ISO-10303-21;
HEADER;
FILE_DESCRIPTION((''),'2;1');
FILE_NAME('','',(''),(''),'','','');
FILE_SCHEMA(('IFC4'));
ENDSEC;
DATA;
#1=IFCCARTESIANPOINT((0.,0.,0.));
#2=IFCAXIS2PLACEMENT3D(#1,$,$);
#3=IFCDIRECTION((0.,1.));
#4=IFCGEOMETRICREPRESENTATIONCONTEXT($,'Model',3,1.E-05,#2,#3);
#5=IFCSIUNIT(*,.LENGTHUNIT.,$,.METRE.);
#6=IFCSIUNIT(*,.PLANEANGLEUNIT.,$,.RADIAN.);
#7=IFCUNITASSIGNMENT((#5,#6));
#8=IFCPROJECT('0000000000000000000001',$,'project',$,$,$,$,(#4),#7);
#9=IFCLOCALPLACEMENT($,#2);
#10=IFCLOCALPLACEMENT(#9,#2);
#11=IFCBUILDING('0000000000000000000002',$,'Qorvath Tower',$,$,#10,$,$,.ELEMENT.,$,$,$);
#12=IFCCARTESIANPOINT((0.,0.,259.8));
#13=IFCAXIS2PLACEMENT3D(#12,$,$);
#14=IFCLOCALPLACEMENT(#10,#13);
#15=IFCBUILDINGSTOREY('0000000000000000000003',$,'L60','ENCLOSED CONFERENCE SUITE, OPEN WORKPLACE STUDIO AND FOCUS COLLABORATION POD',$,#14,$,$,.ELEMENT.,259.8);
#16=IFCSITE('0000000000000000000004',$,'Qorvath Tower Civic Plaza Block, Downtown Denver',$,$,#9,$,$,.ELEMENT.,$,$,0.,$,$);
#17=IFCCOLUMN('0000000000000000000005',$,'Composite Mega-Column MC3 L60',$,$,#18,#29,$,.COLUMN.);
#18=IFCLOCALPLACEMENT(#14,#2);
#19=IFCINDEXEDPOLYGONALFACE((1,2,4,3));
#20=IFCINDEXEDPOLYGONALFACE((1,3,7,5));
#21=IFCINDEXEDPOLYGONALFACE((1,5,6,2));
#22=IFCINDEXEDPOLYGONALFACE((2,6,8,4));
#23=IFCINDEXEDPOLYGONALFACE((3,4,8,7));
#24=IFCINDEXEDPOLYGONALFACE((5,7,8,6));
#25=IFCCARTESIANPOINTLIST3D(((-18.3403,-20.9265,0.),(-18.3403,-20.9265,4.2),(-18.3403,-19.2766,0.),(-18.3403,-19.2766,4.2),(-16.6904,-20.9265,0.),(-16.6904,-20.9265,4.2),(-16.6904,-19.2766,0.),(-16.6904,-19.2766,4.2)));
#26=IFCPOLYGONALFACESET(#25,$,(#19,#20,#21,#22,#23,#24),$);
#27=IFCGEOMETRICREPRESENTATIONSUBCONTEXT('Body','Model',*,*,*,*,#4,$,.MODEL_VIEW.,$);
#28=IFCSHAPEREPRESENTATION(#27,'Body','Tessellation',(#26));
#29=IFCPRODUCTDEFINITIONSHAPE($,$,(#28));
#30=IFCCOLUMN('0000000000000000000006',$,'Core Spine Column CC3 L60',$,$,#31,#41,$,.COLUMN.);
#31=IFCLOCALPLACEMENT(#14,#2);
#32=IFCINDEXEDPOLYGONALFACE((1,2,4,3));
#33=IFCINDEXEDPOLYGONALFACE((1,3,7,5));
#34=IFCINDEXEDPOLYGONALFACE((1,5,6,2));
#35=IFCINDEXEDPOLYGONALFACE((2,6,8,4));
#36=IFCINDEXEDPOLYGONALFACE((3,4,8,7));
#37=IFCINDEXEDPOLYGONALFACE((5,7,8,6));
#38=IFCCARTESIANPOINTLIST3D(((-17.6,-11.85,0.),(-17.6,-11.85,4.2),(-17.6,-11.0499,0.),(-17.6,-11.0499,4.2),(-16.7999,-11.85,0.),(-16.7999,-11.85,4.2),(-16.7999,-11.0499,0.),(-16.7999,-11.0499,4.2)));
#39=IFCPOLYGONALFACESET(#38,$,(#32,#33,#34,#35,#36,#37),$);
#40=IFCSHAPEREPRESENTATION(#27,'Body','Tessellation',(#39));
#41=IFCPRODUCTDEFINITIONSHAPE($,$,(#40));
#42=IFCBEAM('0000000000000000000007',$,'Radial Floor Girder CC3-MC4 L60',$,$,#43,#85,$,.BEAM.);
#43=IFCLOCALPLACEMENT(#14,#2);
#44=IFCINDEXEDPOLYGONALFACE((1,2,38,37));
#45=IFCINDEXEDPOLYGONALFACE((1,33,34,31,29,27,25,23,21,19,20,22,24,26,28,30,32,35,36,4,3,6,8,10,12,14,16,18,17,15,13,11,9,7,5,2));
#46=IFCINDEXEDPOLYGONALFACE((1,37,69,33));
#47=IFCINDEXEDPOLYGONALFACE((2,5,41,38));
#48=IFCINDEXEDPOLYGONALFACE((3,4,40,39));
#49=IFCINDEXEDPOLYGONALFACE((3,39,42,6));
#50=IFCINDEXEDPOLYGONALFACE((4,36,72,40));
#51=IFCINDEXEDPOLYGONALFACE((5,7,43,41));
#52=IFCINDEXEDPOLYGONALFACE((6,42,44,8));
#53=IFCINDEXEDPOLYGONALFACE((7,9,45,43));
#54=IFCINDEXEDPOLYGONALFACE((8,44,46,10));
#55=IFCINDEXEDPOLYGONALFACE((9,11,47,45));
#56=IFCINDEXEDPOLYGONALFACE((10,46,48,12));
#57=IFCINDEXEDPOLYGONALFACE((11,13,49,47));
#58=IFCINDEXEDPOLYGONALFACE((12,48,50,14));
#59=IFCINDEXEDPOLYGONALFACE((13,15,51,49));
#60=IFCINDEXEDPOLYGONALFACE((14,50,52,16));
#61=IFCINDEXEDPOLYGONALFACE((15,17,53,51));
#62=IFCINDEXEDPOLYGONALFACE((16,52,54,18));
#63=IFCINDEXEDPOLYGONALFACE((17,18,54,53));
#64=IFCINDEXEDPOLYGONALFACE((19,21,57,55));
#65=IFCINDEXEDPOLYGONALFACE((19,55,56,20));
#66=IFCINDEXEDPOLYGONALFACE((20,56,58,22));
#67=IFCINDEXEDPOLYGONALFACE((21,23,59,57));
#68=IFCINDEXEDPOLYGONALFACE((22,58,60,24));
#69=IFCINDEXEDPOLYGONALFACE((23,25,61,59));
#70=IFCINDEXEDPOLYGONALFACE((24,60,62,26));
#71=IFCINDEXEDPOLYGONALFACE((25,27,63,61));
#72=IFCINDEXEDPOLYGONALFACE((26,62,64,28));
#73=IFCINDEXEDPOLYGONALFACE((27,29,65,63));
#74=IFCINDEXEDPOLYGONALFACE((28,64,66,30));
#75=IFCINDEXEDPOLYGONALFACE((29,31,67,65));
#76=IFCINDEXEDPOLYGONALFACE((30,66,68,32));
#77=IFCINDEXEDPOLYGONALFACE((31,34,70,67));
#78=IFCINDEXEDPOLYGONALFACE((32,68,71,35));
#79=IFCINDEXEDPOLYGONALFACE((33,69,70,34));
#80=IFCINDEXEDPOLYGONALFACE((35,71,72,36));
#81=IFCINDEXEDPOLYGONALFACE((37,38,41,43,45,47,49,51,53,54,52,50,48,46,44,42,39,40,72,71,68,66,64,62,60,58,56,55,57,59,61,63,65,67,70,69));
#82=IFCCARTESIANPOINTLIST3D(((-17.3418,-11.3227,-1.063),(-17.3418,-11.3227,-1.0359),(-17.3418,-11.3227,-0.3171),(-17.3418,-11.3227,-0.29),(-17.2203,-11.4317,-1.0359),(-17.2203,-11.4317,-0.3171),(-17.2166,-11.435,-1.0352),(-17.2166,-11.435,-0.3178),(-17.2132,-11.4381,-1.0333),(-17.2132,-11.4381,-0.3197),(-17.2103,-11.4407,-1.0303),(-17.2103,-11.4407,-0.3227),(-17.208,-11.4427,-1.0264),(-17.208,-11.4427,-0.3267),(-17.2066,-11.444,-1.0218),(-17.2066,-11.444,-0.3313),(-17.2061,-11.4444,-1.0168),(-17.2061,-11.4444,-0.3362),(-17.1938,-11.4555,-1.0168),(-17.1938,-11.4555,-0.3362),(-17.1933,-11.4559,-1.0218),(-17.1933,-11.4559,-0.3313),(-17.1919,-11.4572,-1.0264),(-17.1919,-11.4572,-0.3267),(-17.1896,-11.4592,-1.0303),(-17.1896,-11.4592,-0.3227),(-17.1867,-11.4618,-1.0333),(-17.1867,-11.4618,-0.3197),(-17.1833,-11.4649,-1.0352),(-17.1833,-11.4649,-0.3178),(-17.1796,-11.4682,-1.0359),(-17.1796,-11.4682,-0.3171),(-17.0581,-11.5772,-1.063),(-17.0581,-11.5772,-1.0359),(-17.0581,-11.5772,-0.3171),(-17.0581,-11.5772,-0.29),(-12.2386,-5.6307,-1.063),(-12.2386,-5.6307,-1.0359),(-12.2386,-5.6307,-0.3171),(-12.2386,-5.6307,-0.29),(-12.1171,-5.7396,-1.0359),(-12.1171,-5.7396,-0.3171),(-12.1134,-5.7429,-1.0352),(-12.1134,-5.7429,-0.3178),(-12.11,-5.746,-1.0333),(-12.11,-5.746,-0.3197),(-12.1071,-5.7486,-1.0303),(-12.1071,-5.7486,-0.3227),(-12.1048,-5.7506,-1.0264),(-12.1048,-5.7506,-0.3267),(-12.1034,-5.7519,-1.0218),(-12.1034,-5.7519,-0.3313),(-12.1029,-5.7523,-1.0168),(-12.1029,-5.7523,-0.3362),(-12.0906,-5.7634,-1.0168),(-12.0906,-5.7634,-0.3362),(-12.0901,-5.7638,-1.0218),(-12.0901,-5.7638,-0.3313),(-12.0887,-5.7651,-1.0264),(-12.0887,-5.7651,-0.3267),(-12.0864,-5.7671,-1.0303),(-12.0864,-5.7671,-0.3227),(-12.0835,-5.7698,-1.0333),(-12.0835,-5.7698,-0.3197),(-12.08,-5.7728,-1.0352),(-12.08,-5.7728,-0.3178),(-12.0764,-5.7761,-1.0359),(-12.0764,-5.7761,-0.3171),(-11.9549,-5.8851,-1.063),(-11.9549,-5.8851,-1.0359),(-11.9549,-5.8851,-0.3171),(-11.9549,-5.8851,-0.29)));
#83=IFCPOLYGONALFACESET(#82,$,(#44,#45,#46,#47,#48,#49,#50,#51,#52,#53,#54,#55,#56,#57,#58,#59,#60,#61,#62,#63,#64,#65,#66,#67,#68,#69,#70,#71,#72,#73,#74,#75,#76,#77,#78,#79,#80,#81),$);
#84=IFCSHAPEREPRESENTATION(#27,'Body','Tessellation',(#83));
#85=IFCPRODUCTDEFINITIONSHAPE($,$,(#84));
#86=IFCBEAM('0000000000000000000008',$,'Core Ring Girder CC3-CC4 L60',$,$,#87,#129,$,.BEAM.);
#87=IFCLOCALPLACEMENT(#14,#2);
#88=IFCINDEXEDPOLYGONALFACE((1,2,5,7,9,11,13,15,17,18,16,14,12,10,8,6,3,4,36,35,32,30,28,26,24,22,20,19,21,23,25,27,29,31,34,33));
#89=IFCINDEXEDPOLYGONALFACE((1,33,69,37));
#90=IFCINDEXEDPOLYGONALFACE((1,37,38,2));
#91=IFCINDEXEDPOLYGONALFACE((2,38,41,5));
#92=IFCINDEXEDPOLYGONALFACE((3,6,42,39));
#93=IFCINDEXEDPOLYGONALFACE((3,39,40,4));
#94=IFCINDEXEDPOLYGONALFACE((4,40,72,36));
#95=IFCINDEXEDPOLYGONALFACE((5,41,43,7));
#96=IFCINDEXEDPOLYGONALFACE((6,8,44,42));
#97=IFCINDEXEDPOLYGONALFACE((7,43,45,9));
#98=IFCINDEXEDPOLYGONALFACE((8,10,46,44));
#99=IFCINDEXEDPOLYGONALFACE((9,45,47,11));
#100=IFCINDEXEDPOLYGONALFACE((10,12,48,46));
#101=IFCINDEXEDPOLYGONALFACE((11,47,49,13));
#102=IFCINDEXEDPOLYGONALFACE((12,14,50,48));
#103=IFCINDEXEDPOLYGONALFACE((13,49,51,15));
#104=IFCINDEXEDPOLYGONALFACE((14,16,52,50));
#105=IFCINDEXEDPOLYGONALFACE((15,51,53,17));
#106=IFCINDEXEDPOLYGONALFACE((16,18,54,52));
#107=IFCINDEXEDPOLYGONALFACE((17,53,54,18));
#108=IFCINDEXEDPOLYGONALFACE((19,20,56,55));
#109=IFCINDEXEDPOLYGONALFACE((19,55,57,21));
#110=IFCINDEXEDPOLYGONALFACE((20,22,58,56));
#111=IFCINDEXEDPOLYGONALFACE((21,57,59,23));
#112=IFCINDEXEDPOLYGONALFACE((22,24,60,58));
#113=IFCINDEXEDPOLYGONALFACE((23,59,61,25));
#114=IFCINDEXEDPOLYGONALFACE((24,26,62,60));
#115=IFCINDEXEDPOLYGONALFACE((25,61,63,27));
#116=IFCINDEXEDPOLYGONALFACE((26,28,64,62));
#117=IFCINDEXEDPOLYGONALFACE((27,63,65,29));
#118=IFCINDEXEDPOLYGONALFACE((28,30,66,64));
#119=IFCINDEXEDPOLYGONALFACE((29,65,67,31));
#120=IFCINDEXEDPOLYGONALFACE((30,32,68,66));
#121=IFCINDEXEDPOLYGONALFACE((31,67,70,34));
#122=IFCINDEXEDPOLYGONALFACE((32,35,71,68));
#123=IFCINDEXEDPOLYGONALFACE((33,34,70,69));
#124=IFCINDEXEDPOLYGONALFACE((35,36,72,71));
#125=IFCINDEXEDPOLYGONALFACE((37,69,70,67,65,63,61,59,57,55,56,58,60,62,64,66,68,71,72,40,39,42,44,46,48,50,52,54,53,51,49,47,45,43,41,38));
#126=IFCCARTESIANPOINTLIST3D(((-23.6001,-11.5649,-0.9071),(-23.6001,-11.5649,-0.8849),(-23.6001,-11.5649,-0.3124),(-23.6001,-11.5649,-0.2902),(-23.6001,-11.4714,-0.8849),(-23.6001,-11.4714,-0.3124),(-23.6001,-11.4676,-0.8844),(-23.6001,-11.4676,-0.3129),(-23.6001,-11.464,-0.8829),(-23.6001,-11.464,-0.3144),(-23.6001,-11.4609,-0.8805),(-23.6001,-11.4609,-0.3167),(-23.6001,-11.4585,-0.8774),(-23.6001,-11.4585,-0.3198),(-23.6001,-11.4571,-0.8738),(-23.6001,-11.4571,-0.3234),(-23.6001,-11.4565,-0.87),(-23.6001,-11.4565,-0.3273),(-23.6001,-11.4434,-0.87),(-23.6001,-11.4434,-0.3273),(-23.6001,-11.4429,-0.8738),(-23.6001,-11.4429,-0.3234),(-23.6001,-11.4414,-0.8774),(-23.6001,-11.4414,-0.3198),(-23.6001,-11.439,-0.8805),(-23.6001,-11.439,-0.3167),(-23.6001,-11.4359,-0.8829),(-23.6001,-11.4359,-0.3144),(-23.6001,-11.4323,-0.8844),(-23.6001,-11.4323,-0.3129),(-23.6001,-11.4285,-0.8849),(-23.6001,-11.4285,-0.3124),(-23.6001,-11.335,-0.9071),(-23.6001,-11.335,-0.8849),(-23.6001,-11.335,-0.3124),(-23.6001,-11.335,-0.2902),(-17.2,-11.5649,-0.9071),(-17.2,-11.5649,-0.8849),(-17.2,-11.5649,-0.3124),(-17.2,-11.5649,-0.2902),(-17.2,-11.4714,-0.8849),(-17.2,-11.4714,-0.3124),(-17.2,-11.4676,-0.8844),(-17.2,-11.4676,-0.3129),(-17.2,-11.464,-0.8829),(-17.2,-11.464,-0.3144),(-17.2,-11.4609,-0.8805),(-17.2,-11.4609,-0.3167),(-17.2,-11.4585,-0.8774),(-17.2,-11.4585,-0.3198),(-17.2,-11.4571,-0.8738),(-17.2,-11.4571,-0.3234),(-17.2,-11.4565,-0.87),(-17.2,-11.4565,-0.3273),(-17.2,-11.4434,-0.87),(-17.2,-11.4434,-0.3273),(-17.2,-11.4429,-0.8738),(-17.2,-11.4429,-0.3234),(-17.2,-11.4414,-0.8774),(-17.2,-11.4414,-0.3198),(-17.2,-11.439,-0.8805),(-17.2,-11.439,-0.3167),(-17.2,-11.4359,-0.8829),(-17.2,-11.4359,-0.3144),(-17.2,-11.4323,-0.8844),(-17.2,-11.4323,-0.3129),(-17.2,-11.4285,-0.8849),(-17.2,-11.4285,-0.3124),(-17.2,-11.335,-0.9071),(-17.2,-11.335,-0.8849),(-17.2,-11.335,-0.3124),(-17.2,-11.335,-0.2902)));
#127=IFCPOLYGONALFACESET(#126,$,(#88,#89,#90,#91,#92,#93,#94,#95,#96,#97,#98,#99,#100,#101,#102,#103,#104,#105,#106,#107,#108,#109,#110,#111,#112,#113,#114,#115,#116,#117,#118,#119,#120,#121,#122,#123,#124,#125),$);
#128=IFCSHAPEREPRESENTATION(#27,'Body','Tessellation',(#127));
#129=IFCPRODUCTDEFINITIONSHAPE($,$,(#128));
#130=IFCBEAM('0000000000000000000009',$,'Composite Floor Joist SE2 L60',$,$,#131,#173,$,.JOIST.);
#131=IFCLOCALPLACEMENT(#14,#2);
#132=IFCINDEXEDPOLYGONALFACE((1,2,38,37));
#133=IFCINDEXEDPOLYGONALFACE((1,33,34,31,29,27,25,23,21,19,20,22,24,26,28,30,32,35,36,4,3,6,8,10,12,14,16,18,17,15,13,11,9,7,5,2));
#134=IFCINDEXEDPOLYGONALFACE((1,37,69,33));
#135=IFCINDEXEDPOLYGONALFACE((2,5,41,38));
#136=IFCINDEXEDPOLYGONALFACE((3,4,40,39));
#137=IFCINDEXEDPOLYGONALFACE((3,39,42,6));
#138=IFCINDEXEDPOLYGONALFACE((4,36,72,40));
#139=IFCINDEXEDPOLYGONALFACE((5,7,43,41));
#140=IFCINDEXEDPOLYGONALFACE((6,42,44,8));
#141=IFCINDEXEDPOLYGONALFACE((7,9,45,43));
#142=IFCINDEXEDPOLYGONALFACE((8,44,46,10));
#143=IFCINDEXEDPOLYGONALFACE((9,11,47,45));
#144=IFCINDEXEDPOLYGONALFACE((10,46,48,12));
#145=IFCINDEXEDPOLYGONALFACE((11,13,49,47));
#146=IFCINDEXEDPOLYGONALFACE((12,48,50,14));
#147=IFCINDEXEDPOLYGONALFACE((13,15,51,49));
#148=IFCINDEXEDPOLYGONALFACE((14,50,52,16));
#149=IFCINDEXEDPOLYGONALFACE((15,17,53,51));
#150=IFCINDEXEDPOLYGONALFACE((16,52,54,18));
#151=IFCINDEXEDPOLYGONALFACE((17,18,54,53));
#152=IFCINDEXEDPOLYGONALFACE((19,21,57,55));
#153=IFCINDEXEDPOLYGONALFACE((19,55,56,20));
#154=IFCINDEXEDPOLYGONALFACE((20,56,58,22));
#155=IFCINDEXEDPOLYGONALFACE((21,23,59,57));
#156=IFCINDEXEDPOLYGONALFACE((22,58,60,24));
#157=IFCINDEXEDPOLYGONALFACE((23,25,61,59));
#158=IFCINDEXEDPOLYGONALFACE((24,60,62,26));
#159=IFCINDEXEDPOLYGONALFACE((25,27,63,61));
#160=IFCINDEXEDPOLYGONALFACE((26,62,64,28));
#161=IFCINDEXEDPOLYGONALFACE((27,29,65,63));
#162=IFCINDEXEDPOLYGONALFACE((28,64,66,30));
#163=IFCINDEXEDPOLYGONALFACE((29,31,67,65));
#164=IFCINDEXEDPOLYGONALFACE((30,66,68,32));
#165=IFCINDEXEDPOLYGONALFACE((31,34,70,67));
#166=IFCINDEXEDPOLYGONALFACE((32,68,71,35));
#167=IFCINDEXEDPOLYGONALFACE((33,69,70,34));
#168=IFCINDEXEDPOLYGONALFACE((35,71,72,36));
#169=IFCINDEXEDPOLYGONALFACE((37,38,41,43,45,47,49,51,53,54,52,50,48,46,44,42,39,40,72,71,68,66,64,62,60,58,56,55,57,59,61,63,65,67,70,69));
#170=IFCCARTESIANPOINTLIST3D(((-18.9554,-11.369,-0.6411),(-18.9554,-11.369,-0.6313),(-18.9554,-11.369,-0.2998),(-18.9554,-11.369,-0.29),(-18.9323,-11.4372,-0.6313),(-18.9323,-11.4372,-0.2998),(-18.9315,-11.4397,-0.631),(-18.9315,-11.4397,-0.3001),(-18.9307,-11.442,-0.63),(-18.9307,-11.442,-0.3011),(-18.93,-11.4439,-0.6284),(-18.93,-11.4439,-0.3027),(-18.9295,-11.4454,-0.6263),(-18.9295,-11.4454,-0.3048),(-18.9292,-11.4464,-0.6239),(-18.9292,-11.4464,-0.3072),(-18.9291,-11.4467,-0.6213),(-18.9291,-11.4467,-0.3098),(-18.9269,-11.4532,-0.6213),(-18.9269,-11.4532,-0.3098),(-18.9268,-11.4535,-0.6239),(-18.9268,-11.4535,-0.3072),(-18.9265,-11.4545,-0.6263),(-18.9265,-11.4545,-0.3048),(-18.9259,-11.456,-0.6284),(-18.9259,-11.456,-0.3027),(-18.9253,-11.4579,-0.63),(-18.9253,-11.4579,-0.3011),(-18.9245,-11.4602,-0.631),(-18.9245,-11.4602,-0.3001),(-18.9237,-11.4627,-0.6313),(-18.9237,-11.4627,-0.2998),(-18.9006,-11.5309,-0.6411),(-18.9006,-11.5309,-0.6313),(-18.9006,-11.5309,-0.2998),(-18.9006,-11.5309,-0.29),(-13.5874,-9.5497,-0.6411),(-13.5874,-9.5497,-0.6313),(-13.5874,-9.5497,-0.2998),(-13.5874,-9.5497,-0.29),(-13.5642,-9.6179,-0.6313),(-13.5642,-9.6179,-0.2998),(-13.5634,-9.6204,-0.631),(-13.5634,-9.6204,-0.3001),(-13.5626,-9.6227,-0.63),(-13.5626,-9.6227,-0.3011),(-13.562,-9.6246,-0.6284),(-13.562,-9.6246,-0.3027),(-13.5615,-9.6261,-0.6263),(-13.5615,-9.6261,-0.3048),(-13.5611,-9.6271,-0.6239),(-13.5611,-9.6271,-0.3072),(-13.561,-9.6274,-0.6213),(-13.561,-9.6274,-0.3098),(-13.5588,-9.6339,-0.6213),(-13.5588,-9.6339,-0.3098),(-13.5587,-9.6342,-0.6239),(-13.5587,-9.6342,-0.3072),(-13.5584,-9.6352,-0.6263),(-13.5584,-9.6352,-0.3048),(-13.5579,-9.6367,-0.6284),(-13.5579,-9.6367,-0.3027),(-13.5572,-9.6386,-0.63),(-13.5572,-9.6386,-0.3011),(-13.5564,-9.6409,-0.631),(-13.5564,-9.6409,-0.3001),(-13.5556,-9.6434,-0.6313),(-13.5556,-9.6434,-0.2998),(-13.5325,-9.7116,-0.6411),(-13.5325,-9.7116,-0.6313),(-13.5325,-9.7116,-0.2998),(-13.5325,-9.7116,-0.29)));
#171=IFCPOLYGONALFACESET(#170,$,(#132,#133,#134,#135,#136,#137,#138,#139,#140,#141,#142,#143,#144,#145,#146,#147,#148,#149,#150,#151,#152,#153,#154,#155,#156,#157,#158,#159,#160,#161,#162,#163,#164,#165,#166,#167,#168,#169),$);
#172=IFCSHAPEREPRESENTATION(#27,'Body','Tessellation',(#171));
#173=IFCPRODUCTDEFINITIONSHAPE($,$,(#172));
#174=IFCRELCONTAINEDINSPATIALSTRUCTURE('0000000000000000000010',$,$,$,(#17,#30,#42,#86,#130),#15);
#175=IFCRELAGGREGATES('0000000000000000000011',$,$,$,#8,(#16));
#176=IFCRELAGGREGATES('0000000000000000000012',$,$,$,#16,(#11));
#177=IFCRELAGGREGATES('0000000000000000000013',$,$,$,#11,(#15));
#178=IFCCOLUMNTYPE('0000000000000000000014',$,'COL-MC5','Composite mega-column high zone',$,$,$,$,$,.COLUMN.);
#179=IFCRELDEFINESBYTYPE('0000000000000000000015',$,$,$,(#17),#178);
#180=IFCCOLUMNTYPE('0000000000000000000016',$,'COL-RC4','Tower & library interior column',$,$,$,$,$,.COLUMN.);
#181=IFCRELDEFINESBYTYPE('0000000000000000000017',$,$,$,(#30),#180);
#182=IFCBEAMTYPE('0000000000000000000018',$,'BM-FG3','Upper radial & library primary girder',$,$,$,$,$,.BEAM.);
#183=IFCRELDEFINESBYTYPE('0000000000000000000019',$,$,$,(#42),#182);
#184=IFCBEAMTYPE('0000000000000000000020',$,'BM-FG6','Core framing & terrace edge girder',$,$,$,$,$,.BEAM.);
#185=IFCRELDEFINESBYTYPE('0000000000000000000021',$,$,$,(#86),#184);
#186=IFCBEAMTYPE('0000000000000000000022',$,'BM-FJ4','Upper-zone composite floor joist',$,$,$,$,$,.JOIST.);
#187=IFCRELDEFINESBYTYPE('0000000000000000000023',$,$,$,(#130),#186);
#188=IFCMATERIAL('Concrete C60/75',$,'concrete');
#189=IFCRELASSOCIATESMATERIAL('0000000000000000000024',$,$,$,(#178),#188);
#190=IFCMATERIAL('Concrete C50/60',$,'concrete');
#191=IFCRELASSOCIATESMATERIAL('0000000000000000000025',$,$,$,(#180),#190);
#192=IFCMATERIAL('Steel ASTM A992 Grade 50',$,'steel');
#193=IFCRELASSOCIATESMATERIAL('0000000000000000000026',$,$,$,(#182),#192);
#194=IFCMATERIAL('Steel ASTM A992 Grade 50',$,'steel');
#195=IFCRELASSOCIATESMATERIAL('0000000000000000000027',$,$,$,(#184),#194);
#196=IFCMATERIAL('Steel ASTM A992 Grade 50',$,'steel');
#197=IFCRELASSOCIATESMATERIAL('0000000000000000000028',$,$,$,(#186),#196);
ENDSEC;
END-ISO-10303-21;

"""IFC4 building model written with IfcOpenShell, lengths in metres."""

from ifc_helpers import new_model, si_unit, direction, frame, origin, origin_2d, place, context, subcontext, project, spatial, rectangle, i_section, extrude, material, material_profile, profile_set, type_object, element, save


model = new_model("IFC4")

# Units and contexts
model_context = context("Model", 3, precision=1e-05, world=origin(), true_north=direction((0.0, 1.0)))
body_context = subcontext(model_context, "Body", "Model", "MODEL_VIEW")
ifc_project = project(units=[si_unit("LENGTHUNIT", "METRE"), si_unit("PLANEANGLEUNIT", "RADIAN")], contexts=[model_context])

# Site, building, storey
site_placement = place(None, origin())
site = spatial("IfcSite", under=ifc_project, at=site_placement, Name="Qorvath Tower Civic Plaza Block, Downtown Denver", CompositionType="ELEMENT", RefElevation=0.0)
building_placement = place(site_placement, origin())
building = spatial("IfcBuilding", under=site, at=building_placement, Name="Qorvath Tower", CompositionType="ELEMENT")
storey_placement = place(building_placement, frame((0.0, 0.0, 259.8)))
storey = spatial("IfcBuildingStorey", under=building, at=storey_placement, Name="L60", Description="ENCLOSED CONFERENCE SUITE, OPEN WORKPLACE STUDIO AND FOCUS COLLABORATION POD", CompositionType="ELEMENT", Elevation=259.8)

# Columns
ifc_material_1 = material(Name="Concrete C60/75", Category="concrete")
ifc_material_profile_1 = material_profile(ifc_material_1, rectangle(XDim=1.6499, YDim=1.6499, at=origin_2d()), Name="MC 1650x1650")
ifc_profile_set_1 = profile_set([ifc_material_profile_1], Name="Concrete C60/75")
column_type_1 = type_object("IfcColumnType", Name="COL-MC5", Description="Composite mega-column high zone", PredefinedType="COLUMN", material=ifc_profile_set_1)
column_1_placement = place(storey_placement, frame((-17.5154, -20.1016, 0.0), z_axis=(0.0, 0.0, 1.0), x_axis=(1.0, 0.0, 0.0)))
element("IfcColumn", 1, at=column_1_placement, inside=storey, type_object=column_type_1, Name="Composite Mega-Column MC3 L60", PredefinedType="COLUMN", context=body_context, shape_type="SweptSolid", body=[
    extrude(rectangle(XDim=1.6499, YDim=1.6499, at=origin_2d()), origin(), (0.0, 0.0, 1.0), 4.2),
])
ifc_material_2 = material(Name="Concrete C50/60", Category="concrete")
ifc_material_profile_2 = material_profile(ifc_material_2, rectangle(XDim=0.8, YDim=0.8, at=origin_2d()), Name="RC 800x800")
ifc_profile_set_2 = profile_set([ifc_material_profile_2], Name="Concrete C50/60")
column_type_2 = type_object("IfcColumnType", Name="COL-RC4", Description="Tower & library interior column", PredefinedType="COLUMN", material=ifc_profile_set_2)
column_2_placement = place(storey_placement, frame((-17.2, -11.45, 0.0), z_axis=(0.0, 0.0, 1.0), x_axis=(1.0, 0.0, 0.0)))
element("IfcColumn", 2, at=column_2_placement, inside=storey, type_object=column_type_2, Name="Core Spine Column CC3 L60", PredefinedType="COLUMN", context=body_context, shape_type="SweptSolid", body=[
    extrude(rectangle(XDim=0.8, YDim=0.8, at=origin_2d()), origin(), (0.0, 0.0, 1.0), 4.2),
])

# Beams
ifc_material_3 = material(Name="Steel ASTM A992 Grade 50", Category="steel")
ifc_material_profile_3 = material_profile(ifc_material_3, i_section(OverallWidth=0.3811, OverallDepth=0.7729, WebThickness=0.0166, FlangeThickness=0.0271, FilletRadius=0.019, at=origin_2d()), Name="W30x173")
ifc_profile_set_3 = profile_set([ifc_material_profile_3], Name="Steel ASTM A992 Grade 50")
beam_type_1 = type_object("IfcBeamType", Name="BM-FG3", Description="Upper radial & library primary girder", PredefinedType="BEAM", material=ifc_profile_set_3)
beam_1_placement = place(storey_placement, frame((-17.2, -11.45, -0.6765), z_axis=(0.667543, 0.744571, 0.0), x_axis=(-0.744571, 0.667543, 0.0)))
element("IfcBeam", 3, at=beam_1_placement, inside=storey, type_object=beam_type_1, Name="Radial Floor Girder CC3-MC4 L60", PredefinedType="BEAM", context=body_context, shape_type="SweptSolid", body=[
    extrude(i_section(OverallWidth=0.3811, OverallDepth=0.7729, WebThickness=0.0166, FlangeThickness=0.0271, FilletRadius=0.019, at=origin_2d()), origin(), (0.0, 0.0, 1.0), 7.6448),
])
ifc_material_4 = material(Name="Steel ASTM A992 Grade 50", Category="steel")
ifc_material_profile_4 = material_profile(ifc_material_4, i_section(OverallWidth=0.23, OverallDepth=0.6169, WebThickness=0.0132, FlangeThickness=0.0222, FilletRadius=0.0149, at=origin_2d()), Name="W24x94")
ifc_profile_set_4 = profile_set([ifc_material_profile_4], Name="Steel ASTM A992 Grade 50")
beam_type_2 = type_object("IfcBeamType", Name="BM-FG6", Description="Core framing & terrace edge girder", PredefinedType="BEAM", material=ifc_profile_set_4)
beam_2_placement = place(storey_placement, frame((-17.2, -11.45, -0.5986), z_axis=(-1.0, 0.0, 0.0), x_axis=(0.0, -1.0, 0.0)))
element("IfcBeam", 4, at=beam_2_placement, inside=storey, type_object=beam_type_2, Name="Core Ring Girder CC3-CC4 L60", PredefinedType="BEAM", context=body_context, shape_type="SweptSolid", body=[
    extrude(i_section(OverallWidth=0.23, OverallDepth=0.6169, WebThickness=0.0132, FlangeThickness=0.0222, FilletRadius=0.0149, at=origin_2d()), origin(), (0.0, 0.0, 1.0), 6.4001),
])
ifc_material_5 = material(Name="Steel ASTM A992 Grade 50", Category="steel")
ifc_material_profile_5 = material_profile(ifc_material_5, i_section(OverallWidth=0.1709, OverallDepth=0.3511, WebThickness=0.0068, FlangeThickness=0.0098, FilletRadius=0.01, at=origin_2d()), Name="W14x30")
ifc_profile_set_5 = profile_set([ifc_material_profile_5], Name="Steel ASTM A992 Grade 50")
beam_type_3 = type_object("IfcBeamType", Name="BM-FJ4", Description="Upper-zone composite floor joist", PredefinedType="JOIST", material=ifc_profile_set_5)
beam_3_placement = place(storey_placement, frame((-18.928, -11.45, -0.4656), z_axis=(0.947086, 0.320979, 0.0), x_axis=(-0.320979, 0.947086, 0.0)))
element("IfcBeam", 5, at=beam_3_placement, inside=storey, type_object=beam_type_3, Name="Composite Floor Joist SE2 L60", PredefinedType="JOIST", context=body_context, shape_type="SweptSolid", body=[
    extrude(i_section(OverallWidth=0.1709, OverallDepth=0.3511, WebThickness=0.0068, FlangeThickness=0.0098, FilletRadius=0.01, at=origin_2d()), origin(), (0.0, 0.0, 1.0), 5.668),
])

save(model, "model.ifc")
